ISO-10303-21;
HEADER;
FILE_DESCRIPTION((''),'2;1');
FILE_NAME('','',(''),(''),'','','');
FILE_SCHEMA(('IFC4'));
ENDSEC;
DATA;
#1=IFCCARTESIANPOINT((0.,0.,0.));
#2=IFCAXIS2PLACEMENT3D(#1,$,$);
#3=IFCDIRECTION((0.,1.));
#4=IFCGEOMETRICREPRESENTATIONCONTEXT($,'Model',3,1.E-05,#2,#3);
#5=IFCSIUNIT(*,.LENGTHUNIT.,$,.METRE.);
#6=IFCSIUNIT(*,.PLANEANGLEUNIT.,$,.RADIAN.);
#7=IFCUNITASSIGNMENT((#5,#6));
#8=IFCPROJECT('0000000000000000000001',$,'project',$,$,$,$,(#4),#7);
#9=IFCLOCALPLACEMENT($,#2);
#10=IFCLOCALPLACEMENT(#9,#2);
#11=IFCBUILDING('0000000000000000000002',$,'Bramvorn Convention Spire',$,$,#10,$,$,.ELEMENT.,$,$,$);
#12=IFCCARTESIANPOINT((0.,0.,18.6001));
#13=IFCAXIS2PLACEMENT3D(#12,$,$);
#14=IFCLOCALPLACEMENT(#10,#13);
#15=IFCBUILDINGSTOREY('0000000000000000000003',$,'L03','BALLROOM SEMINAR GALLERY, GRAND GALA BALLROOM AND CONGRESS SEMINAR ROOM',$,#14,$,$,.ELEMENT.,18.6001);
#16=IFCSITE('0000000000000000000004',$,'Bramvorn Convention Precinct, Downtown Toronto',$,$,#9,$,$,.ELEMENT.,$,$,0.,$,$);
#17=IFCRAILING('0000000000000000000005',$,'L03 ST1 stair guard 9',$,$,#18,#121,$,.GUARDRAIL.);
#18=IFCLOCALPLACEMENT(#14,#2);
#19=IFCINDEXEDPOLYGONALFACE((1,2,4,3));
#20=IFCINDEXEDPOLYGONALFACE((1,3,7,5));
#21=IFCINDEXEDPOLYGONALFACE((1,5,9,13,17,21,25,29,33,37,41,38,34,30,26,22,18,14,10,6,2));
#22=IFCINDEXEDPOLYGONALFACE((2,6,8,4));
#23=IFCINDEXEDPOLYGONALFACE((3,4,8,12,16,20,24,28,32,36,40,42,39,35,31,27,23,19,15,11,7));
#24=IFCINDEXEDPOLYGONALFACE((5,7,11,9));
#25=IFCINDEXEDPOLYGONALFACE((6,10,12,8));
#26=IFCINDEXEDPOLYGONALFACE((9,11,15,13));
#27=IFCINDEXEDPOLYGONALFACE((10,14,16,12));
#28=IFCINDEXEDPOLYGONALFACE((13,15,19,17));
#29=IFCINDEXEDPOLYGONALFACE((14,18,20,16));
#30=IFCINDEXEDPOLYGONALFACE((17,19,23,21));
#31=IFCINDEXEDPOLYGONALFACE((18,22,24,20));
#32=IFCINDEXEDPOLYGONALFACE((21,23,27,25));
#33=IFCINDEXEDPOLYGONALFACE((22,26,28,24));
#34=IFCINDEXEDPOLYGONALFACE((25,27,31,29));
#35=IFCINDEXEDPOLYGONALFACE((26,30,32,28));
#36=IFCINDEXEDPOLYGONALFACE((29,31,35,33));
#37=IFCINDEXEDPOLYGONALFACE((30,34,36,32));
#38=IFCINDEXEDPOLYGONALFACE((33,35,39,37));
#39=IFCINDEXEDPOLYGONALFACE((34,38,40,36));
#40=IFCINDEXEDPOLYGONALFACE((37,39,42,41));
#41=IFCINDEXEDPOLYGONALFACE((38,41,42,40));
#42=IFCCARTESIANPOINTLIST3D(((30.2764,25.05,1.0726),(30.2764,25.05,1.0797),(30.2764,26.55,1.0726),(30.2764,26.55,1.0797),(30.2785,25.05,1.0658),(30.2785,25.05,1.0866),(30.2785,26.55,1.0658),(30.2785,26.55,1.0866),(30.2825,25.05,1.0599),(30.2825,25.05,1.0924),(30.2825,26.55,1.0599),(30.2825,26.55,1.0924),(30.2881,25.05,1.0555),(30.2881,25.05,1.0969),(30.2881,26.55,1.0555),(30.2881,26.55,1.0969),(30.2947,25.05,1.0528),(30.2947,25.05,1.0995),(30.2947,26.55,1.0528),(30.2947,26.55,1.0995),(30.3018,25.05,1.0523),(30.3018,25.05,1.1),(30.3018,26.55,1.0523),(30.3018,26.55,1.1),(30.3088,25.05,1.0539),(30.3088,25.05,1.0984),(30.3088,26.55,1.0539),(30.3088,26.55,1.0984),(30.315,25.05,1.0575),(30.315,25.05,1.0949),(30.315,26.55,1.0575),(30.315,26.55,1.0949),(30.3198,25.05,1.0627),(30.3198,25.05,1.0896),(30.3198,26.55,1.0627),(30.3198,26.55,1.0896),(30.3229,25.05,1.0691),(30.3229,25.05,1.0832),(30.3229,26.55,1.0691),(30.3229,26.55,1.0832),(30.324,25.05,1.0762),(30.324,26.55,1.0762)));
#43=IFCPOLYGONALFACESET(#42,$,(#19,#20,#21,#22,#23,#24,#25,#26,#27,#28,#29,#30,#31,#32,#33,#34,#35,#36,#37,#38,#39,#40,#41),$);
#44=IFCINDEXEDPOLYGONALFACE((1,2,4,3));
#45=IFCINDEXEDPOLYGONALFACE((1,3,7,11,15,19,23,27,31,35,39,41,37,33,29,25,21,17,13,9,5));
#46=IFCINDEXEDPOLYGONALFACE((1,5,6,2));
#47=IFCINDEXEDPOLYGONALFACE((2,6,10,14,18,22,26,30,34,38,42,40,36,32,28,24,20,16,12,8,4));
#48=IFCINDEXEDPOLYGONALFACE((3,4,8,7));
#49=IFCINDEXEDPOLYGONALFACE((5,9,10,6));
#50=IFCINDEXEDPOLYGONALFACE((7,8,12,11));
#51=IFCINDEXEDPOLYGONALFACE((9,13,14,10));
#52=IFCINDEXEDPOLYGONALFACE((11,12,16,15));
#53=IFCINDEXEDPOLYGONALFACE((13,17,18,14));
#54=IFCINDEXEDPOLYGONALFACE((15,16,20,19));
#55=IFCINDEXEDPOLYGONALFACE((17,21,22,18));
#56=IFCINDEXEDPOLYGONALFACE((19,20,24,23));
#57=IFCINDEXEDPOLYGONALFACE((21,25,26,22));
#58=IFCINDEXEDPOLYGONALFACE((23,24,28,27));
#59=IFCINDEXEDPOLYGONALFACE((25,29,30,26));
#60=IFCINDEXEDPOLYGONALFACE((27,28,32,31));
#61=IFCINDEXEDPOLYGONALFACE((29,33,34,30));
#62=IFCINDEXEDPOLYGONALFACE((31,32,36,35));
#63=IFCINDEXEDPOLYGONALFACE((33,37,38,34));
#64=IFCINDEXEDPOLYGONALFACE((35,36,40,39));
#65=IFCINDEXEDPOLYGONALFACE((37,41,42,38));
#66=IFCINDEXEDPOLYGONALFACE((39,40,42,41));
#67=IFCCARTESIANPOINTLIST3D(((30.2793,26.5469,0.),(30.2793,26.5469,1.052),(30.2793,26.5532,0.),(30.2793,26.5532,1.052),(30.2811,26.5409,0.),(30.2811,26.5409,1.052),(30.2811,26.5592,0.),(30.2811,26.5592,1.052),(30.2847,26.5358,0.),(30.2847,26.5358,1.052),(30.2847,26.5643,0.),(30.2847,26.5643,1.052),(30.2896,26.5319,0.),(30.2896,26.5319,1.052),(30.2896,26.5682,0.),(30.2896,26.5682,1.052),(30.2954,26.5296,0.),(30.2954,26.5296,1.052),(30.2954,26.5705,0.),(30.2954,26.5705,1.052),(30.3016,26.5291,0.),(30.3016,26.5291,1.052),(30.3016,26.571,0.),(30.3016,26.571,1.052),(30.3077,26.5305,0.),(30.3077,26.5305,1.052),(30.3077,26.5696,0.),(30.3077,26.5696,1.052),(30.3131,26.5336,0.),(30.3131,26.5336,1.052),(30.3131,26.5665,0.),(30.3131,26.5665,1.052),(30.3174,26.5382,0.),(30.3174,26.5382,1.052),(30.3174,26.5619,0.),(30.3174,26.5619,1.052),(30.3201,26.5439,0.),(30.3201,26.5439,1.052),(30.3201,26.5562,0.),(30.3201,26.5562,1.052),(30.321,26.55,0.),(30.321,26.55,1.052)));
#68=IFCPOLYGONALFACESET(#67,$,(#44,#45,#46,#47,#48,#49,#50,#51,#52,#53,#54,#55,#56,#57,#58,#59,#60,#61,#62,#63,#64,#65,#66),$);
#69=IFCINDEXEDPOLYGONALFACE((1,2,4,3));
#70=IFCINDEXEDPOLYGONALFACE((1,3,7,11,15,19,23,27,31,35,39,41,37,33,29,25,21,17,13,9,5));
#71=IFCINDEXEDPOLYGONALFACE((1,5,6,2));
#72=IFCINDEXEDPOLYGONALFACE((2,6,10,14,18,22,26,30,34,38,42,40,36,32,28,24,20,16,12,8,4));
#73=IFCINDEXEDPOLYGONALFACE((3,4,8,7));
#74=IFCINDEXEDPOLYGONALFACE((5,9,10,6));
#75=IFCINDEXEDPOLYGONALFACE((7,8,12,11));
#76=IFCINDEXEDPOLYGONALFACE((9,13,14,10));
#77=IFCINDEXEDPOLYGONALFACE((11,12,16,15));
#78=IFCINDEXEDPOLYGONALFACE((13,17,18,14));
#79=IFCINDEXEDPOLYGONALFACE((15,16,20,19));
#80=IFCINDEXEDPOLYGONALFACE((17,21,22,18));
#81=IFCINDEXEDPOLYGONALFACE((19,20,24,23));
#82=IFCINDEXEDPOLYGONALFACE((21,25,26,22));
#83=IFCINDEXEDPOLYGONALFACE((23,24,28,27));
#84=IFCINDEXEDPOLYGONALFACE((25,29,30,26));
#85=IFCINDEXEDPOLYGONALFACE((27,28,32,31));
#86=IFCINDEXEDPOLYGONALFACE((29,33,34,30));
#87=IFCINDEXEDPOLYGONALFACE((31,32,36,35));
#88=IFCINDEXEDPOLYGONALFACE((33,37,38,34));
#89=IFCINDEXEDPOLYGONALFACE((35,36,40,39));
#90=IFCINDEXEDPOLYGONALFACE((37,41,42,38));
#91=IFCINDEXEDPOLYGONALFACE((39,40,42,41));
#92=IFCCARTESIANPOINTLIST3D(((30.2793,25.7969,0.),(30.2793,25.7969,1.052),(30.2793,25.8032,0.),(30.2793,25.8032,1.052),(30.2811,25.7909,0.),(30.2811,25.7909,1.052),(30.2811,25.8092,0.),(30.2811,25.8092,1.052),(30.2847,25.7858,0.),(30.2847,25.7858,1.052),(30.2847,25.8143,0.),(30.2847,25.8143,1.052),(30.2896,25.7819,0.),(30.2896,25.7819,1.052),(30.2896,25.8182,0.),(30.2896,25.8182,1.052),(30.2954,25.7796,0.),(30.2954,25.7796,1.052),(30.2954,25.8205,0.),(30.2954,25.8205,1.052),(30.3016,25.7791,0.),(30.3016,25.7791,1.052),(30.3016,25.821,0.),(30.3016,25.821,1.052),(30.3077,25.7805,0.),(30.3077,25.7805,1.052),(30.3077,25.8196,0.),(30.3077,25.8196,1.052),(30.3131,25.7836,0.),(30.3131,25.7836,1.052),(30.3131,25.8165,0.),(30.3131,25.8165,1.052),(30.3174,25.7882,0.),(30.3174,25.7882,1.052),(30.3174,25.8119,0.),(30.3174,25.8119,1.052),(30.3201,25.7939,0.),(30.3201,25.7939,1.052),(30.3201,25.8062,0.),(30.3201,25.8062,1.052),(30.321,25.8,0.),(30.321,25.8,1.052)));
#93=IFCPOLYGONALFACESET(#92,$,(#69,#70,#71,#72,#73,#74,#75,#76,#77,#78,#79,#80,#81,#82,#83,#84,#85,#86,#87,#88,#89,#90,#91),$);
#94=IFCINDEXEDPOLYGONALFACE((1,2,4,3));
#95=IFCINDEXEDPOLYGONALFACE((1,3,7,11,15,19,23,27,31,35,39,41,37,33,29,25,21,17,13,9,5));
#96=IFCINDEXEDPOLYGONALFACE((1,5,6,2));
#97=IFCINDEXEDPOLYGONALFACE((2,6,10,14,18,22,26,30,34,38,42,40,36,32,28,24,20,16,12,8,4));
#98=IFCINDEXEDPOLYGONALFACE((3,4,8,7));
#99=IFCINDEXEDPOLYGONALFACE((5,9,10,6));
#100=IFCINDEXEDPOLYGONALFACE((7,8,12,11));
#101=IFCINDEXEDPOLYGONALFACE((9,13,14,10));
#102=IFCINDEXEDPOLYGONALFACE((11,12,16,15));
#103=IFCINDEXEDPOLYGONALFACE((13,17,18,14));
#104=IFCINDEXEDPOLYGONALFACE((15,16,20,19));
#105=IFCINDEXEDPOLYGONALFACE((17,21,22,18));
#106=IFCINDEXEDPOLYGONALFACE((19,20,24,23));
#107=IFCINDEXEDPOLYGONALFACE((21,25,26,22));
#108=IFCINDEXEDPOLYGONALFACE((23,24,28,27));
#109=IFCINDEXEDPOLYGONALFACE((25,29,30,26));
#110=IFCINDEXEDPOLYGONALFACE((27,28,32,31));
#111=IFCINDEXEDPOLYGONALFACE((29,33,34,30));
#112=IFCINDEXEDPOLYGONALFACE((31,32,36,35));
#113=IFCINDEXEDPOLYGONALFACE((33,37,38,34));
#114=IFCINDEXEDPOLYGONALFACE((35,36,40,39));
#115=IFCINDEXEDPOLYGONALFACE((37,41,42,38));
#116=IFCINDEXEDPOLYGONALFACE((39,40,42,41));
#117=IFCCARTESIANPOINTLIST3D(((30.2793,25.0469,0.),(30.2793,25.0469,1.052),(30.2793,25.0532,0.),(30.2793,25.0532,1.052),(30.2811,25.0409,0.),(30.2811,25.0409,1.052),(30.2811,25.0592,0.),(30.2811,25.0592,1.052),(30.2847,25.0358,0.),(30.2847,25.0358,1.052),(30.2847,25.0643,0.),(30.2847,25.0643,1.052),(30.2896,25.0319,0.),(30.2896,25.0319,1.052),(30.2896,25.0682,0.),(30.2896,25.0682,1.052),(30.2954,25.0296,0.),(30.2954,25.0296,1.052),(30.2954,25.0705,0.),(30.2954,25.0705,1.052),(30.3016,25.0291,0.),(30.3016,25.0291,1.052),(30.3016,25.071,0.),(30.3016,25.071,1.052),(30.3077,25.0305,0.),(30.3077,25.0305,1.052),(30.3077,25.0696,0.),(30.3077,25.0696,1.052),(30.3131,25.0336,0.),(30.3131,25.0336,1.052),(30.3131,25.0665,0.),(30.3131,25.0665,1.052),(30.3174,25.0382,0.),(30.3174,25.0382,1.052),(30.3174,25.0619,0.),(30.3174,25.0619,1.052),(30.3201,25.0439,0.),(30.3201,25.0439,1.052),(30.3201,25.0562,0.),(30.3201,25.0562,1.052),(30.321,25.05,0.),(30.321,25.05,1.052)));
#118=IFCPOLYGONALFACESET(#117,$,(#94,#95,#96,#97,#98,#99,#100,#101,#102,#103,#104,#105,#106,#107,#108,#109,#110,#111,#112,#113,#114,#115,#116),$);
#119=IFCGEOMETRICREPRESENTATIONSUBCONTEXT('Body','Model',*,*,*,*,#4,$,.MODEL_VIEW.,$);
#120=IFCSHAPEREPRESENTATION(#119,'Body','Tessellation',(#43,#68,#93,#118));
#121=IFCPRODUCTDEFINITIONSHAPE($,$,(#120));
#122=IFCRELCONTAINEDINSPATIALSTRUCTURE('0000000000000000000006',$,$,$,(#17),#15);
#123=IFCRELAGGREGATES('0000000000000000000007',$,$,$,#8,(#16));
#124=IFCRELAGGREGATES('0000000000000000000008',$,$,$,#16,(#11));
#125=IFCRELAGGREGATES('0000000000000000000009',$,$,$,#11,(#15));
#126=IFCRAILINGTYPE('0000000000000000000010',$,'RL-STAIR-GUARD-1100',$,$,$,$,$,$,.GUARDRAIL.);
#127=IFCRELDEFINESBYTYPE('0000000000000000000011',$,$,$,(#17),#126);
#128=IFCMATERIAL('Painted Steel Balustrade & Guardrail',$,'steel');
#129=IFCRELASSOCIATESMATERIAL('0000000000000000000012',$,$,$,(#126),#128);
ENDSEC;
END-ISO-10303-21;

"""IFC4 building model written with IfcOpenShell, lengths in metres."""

from ifc_helpers import new_model, si_unit, direction, frame, origin, origin_2d, place, context, subcontext, project, spatial, circle, extrude, material, type_object, element, save


model = new_model("IFC4")

# Units and contexts
model_context = context("Model", 3, precision=1e-05, world=origin(), true_north=direction((0.0, 1.0)))
body_context = subcontext(model_context, "Body", "Model", "MODEL_VIEW")
ifc_project = project(units=[si_unit("LENGTHUNIT", "METRE"), si_unit("PLANEANGLEUNIT", "RADIAN")], contexts=[model_context])

# Site, building, storey
site_placement = place(None, origin())
site = spatial("IfcSite", under=ifc_project, at=site_placement, Name="Bramvorn Convention Precinct, Downtown Toronto", CompositionType="ELEMENT", RefElevation=0.0)
building_placement = place(site_placement, origin())
building = spatial("IfcBuilding", under=site, at=building_placement, Name="Bramvorn Convention Spire", CompositionType="ELEMENT")
storey_placement = place(building_placement, frame((0.0, 0.0, 18.6001)))
storey = spatial("IfcBuildingStorey", under=building, at=storey_placement, Name="L03", Description="BALLROOM SEMINAR GALLERY, GRAND GALA BALLROOM AND CONGRESS SEMINAR ROOM", CompositionType="ELEMENT", Elevation=18.6001)

# Railing
ifc_material_1 = material(Name="Painted Steel Balustrade & Guardrail", Category="steel")
railing_type_1 = type_object("IfcRailingType", Name="RL-STAIR-GUARD-1100", PredefinedType="GUARDRAIL", material=ifc_material_1)
for number, where, name in (
    (1, (30.3, 26.55, 0.0), "L03 ST1 stair guard 9"),
):
    element("IfcRailing", number, at=place(storey_placement, frame(where)), inside=storey, type_object=railing_type_1, Name=name, PredefinedType="GUARDRAIL", context=body_context, shape_type="SweptSolid", body=[
        extrude(circle(Radius=0.0239, at=origin_2d()), frame((0.0, 0.0, 1.0762), z_axis=(0.0, -1.0, 0.0), x_axis=(1.0, 0.0, 0.0)), (0.0, 0.0, 1.0), 1.5),
        extrude(circle(Radius=0.021, at=origin_2d()), origin(), (0.0, 0.0, 1.0), 1.052),
        extrude(circle(Radius=0.021, at=origin_2d()), frame((0.0, -0.75, 0.0)), (0.0, 0.0, 1.0), 1.052),
        extrude(circle(Radius=0.021, at=origin_2d()), frame((0.0, -1.5, 0.0)), (0.0, 0.0, 1.0), 1.052),
    ])

save(model, "model.ifc")
